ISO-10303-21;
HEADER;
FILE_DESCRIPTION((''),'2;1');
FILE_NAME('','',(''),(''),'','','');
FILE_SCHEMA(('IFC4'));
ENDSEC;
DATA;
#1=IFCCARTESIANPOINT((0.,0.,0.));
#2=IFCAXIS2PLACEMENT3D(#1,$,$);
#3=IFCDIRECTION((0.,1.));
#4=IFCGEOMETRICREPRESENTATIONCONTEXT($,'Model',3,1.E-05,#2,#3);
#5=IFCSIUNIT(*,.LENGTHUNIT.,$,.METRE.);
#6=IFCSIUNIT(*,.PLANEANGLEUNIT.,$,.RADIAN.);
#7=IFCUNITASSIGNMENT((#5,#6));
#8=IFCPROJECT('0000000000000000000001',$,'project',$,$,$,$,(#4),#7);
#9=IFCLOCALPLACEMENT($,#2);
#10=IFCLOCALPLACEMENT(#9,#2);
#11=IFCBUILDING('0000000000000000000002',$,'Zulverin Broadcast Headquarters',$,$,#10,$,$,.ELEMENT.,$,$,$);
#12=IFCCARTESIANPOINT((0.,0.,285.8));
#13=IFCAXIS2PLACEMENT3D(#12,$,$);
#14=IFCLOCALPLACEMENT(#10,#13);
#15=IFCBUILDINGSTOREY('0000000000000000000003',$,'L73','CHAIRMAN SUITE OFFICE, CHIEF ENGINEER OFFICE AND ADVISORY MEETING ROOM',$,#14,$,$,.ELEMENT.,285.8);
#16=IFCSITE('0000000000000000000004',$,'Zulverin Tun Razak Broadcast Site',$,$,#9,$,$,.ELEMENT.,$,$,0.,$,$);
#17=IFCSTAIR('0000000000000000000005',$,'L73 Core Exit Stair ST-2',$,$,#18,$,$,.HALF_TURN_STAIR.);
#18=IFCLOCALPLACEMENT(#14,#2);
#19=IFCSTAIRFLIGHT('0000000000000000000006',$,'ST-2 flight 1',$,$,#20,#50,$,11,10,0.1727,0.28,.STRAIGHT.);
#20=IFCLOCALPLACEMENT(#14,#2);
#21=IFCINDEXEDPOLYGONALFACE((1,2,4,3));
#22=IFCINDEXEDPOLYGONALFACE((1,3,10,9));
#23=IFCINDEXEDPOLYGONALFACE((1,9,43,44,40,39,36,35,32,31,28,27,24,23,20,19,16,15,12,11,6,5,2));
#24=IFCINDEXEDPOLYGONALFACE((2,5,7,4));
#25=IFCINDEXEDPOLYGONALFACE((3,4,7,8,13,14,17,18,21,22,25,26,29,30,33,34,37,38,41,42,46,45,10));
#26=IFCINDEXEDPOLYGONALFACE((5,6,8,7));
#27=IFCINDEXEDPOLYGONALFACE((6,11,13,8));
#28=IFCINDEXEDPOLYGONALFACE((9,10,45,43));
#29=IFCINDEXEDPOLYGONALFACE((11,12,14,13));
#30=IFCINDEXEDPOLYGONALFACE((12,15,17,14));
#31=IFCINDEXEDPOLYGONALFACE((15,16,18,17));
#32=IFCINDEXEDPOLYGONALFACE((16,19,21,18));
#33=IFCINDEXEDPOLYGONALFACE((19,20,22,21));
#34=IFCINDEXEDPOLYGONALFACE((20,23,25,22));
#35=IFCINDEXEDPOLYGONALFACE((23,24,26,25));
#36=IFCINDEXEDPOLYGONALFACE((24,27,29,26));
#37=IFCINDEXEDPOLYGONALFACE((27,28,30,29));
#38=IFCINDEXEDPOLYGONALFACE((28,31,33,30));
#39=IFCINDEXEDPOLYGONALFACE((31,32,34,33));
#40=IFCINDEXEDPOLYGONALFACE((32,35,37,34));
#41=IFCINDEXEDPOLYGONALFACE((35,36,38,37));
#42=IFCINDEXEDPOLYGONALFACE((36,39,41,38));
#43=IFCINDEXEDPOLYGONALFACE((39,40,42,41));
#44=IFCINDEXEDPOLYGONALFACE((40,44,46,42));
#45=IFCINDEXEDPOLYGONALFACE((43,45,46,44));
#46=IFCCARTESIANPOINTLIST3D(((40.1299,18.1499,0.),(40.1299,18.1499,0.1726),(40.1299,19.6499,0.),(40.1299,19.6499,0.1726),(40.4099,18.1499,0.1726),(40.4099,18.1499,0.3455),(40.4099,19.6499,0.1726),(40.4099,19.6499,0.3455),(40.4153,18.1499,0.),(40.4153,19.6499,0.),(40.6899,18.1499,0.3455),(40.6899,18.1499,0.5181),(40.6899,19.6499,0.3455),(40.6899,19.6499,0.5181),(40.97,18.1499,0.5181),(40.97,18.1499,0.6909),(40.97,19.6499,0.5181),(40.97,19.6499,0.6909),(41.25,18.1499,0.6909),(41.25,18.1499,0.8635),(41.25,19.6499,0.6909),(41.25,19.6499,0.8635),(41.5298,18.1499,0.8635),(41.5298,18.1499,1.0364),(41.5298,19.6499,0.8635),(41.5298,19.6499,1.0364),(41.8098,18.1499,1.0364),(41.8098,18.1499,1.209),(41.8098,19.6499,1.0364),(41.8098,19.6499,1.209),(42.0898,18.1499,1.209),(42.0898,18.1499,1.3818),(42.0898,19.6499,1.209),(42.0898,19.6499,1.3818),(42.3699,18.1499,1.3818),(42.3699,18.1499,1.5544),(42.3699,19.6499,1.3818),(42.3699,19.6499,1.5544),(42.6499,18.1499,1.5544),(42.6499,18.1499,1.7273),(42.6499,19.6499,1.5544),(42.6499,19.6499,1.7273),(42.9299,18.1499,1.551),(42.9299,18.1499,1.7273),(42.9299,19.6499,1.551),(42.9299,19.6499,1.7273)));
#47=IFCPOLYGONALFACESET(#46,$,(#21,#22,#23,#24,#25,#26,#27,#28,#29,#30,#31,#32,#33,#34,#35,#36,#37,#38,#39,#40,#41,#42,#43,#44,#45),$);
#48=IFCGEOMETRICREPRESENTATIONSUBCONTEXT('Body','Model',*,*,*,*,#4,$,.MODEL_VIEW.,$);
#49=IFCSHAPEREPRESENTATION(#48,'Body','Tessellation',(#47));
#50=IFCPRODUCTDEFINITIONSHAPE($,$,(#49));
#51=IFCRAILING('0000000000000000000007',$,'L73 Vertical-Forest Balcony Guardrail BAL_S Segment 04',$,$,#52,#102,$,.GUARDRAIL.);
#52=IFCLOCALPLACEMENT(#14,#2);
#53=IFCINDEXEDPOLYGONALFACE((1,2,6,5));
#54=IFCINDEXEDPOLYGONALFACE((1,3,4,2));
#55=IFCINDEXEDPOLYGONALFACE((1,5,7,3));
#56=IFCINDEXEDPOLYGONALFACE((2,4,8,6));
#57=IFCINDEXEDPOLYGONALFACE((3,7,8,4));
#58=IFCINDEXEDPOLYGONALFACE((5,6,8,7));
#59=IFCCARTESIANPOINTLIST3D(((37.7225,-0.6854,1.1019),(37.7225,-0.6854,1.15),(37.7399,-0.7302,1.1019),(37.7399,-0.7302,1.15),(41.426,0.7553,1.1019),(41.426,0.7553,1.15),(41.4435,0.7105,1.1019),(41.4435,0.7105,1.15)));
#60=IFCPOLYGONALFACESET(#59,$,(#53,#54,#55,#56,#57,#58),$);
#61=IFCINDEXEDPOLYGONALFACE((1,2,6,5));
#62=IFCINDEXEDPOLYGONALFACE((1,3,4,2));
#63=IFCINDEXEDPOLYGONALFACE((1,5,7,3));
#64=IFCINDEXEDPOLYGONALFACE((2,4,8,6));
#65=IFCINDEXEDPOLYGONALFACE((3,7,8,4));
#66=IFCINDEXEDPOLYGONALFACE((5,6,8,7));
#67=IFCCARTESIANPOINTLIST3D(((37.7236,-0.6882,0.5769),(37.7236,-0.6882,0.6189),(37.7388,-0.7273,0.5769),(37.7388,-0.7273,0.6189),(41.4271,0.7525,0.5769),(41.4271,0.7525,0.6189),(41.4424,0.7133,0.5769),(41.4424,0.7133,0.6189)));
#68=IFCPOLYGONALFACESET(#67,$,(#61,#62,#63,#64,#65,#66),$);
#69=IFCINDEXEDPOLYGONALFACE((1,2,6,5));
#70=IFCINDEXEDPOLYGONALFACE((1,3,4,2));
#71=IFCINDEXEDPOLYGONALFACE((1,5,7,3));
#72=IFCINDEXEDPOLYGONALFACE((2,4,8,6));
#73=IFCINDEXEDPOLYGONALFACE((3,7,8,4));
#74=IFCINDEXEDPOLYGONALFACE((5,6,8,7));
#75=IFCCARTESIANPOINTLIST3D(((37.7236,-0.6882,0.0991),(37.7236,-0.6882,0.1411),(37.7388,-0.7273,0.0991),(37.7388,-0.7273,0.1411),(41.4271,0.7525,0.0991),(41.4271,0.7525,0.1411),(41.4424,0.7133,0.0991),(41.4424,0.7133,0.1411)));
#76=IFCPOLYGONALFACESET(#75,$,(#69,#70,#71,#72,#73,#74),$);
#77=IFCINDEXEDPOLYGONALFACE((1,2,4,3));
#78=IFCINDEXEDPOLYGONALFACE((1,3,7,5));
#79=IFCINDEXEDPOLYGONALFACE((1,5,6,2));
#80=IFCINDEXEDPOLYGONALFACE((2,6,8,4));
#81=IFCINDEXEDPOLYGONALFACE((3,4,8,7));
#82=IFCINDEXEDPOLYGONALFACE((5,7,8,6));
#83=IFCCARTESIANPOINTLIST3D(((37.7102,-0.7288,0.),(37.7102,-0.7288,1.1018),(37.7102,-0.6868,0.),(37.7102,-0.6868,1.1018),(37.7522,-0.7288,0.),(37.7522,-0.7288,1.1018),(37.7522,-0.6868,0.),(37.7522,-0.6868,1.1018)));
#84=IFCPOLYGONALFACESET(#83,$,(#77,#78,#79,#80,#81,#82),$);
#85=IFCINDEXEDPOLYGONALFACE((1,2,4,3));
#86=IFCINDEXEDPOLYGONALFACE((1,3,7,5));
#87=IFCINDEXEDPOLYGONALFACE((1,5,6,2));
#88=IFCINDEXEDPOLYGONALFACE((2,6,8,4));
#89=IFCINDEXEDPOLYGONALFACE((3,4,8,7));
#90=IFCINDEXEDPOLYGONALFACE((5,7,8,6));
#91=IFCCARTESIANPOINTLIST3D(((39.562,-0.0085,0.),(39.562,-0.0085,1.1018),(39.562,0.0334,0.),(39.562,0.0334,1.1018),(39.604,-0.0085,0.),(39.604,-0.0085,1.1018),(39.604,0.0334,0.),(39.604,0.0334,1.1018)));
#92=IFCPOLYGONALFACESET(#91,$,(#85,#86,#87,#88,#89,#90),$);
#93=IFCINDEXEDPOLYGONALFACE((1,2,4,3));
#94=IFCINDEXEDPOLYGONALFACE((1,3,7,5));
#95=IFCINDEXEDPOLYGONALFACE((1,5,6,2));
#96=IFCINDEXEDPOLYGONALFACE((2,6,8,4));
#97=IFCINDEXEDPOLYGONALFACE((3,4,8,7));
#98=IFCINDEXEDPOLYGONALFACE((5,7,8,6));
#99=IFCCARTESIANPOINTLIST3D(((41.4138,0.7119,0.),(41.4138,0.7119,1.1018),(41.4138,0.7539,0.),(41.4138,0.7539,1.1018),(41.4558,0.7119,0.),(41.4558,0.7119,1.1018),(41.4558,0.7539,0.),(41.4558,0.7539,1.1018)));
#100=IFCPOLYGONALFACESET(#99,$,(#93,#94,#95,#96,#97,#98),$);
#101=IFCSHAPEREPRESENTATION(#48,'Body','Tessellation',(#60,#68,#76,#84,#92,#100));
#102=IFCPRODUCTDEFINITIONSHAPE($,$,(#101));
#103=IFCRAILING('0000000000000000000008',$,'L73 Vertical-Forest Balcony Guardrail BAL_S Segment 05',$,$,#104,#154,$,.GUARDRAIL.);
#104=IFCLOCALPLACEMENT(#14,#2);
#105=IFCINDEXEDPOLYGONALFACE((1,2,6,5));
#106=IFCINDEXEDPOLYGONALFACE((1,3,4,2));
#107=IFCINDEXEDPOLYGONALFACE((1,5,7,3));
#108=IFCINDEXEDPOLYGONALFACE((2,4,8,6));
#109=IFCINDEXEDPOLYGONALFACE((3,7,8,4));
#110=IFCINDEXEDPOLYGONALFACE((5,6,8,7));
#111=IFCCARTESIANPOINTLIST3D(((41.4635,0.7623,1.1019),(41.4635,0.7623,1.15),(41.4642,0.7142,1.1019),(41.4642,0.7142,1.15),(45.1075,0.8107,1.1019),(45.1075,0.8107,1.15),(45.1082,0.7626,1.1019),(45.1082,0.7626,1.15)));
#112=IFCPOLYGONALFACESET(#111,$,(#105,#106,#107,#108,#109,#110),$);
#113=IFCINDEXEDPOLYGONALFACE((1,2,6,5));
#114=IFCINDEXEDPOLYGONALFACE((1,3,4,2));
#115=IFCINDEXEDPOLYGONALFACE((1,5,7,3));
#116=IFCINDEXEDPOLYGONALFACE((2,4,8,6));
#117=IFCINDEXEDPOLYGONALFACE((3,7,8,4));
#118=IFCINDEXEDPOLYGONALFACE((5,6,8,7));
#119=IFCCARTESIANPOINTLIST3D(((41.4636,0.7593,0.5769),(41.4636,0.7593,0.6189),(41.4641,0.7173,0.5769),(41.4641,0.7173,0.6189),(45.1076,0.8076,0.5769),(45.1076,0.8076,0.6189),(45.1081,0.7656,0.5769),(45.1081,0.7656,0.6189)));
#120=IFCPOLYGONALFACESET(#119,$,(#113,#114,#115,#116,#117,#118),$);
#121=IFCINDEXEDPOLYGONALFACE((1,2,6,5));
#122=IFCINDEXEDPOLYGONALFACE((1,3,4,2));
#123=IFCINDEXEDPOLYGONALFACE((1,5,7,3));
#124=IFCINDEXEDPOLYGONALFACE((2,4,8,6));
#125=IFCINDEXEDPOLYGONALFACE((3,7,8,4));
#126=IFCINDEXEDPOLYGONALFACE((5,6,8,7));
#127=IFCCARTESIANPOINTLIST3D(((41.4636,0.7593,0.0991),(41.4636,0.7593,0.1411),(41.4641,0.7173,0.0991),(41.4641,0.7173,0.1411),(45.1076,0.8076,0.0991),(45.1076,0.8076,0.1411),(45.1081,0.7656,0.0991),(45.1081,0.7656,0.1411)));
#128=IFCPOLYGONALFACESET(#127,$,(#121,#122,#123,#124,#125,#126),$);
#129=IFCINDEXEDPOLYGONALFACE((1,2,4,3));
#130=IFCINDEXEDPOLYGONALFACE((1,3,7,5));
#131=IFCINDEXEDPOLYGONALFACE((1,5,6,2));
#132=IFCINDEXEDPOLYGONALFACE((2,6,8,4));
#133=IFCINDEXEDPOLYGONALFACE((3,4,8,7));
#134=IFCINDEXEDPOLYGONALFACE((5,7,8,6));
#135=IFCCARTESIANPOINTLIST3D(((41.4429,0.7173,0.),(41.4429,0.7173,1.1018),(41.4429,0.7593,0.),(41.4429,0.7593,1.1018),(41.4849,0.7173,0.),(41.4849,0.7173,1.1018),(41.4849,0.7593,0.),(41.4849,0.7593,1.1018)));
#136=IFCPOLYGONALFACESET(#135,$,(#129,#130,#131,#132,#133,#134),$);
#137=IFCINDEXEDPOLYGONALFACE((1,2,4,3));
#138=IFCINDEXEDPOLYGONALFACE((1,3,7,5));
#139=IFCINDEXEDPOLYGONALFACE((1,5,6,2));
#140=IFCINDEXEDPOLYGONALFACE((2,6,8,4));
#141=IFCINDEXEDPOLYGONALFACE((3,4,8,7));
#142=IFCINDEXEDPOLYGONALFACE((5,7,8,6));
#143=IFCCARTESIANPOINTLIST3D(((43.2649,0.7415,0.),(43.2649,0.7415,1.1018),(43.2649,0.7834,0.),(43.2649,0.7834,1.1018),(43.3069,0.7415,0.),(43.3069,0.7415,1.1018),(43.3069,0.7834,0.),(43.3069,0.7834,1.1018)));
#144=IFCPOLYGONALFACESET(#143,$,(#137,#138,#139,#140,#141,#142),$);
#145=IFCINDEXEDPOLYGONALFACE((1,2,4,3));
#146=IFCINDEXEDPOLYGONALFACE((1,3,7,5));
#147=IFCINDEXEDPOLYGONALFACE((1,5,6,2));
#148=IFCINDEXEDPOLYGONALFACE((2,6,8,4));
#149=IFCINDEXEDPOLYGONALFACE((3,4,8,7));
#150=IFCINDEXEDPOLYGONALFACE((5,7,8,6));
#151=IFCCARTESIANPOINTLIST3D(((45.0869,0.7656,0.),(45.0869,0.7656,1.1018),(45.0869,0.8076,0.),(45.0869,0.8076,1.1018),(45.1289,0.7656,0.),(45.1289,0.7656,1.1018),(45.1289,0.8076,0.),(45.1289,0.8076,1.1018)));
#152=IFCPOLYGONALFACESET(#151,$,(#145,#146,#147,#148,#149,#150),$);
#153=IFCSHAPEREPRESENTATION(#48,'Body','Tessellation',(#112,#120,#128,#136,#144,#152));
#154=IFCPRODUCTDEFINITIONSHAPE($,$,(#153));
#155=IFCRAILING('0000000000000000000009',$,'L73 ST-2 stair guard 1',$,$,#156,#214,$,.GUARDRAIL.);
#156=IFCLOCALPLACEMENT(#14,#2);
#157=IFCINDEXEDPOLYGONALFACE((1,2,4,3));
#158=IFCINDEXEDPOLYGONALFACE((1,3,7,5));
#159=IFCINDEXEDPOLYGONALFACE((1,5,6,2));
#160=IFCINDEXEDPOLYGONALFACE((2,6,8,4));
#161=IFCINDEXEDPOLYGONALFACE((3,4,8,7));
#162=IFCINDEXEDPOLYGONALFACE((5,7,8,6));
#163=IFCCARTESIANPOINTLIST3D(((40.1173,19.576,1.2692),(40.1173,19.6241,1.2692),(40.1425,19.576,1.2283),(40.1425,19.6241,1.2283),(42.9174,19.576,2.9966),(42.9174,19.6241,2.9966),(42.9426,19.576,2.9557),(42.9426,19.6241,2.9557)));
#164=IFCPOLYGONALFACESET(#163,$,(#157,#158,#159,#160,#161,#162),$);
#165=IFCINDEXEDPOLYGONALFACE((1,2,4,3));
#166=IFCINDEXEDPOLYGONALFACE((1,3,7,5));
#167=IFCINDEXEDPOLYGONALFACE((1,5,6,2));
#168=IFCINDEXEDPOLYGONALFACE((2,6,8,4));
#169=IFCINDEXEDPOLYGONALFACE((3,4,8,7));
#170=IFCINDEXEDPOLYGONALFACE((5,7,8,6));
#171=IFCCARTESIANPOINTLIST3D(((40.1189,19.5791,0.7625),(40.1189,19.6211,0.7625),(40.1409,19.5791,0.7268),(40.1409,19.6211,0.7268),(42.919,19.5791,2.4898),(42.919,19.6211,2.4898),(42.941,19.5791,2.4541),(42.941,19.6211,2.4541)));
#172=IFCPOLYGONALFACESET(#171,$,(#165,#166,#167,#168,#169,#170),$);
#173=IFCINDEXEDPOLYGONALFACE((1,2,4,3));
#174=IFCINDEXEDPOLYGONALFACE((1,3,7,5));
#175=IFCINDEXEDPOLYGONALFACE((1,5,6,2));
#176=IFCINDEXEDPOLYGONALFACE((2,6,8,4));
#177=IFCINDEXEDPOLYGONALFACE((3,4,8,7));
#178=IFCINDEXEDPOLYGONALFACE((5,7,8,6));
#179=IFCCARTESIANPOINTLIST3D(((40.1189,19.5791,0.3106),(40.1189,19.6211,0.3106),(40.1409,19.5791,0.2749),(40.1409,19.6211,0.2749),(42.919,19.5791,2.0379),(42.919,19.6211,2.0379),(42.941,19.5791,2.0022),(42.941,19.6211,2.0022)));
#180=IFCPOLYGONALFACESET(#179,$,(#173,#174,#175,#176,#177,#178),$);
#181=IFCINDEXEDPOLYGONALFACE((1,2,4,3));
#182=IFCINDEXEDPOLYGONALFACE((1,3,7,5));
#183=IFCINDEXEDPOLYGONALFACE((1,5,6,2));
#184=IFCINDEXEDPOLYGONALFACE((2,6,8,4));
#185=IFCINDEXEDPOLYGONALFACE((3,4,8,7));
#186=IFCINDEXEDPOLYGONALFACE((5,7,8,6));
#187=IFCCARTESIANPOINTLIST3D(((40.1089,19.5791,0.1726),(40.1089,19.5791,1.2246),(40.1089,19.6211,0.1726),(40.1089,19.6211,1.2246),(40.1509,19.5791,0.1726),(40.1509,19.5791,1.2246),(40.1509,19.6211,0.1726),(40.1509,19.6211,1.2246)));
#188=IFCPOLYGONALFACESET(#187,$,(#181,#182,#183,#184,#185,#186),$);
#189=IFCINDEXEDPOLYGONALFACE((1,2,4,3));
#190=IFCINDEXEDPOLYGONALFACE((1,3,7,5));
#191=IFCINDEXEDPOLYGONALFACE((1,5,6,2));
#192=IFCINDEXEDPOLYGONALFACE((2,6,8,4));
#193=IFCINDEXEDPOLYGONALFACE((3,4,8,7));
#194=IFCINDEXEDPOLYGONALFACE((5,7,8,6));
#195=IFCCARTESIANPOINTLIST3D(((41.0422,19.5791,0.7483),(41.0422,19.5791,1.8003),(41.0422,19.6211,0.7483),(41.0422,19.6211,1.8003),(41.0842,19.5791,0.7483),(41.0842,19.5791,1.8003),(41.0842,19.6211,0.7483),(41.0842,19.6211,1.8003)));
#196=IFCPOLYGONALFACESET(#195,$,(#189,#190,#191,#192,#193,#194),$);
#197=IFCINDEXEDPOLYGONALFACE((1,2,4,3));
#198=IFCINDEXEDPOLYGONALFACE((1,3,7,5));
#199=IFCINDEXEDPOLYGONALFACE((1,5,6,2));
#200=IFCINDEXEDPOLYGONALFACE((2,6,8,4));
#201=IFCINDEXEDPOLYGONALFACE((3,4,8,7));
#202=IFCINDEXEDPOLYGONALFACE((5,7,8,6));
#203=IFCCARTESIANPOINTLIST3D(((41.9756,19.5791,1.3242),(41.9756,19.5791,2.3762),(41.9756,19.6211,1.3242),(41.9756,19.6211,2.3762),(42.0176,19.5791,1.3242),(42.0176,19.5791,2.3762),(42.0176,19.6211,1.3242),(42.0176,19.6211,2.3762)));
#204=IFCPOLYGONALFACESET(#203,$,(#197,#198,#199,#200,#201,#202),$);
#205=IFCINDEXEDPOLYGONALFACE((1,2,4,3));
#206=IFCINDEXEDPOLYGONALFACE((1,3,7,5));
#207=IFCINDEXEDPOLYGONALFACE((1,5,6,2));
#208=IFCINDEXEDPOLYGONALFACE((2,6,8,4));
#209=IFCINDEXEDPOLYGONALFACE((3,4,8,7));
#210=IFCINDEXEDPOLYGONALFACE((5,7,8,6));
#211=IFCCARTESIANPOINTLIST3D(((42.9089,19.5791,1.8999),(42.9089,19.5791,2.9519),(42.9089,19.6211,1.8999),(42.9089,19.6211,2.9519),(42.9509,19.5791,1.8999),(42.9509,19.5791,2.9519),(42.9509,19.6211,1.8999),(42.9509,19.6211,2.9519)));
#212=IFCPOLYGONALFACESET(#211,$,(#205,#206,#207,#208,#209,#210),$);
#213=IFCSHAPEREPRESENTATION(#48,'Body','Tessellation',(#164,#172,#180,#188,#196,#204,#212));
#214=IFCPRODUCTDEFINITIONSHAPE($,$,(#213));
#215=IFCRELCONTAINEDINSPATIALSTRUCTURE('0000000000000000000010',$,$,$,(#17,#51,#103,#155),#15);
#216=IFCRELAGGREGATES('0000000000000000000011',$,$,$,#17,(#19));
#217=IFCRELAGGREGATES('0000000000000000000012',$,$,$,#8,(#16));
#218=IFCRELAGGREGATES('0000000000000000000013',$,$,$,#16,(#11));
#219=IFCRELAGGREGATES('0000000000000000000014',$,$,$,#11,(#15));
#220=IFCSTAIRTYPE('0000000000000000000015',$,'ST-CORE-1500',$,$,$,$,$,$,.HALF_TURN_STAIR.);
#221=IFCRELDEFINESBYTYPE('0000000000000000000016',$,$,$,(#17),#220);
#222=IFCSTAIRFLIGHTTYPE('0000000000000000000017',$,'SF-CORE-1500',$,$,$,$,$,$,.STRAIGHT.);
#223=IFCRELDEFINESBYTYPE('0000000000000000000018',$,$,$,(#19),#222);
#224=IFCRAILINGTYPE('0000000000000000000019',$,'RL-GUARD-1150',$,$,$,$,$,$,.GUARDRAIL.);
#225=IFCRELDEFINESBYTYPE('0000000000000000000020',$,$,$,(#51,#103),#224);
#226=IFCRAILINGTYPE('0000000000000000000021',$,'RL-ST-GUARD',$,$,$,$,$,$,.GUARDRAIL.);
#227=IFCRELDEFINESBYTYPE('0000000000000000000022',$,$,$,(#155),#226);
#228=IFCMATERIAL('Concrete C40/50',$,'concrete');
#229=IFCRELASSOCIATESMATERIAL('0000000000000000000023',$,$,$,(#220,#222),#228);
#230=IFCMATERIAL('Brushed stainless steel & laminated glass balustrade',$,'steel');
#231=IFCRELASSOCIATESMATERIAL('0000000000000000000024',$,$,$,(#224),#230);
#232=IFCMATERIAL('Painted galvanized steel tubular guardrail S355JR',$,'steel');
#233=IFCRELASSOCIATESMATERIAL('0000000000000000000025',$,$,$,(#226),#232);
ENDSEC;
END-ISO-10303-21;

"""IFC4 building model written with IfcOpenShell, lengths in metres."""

from ifc_helpers import new_model, si_unit, direction, frame, origin, origin_2d, place, context, subcontext, project, spatial, polyline, rectangle, outline, extrude, material, type_object, element, aggregate, save


model = new_model("IFC4")

# Units and contexts
model_context = context("Model", 3, precision=1e-05, world=origin(), true_north=direction((0.0, 1.0)))
body_context = subcontext(model_context, "Body", "Model", "MODEL_VIEW")
ifc_project = project(units=[si_unit("LENGTHUNIT", "METRE"), si_unit("PLANEANGLEUNIT", "RADIAN")], contexts=[model_context])

# Site, building, storey
site_placement = place(None, origin())
site = spatial("IfcSite", under=ifc_project, at=site_placement, Name="Zulverin Tun Razak Broadcast Site", CompositionType="ELEMENT", RefElevation=0.0)
building_placement = place(site_placement, origin())
building = spatial("IfcBuilding", under=site, at=building_placement, Name="Zulverin Broadcast Headquarters", CompositionType="ELEMENT")
storey_placement = place(building_placement, frame((0.0, 0.0, 285.8)))
storey = spatial("IfcBuildingStorey", under=building, at=storey_placement, Name="L73", Description="CHAIRMAN SUITE OFFICE, CHIEF ENGINEER OFFICE AND ADVISORY MEETING ROOM", CompositionType="ELEMENT", Elevation=285.8)

# Shared definitions
ifc_material_1 = material(Name="Concrete C40/50", Category="concrete")

# Stair, stair flight
stair_type = type_object("IfcStairType", Name="ST-CORE-1500", PredefinedType="HALF_TURN_STAIR", material=ifc_material_1)
stair_placement = place(storey_placement, origin())
stair = element("IfcStair", 1, at=stair_placement, inside=storey, type_object=stair_type, Name="L73 Core Exit Stair ST-2", PredefinedType="HALF_TURN_STAIR")
stair_flight_type = type_object("IfcStairFlightType", Name="SF-CORE-1500", PredefinedType="STRAIGHT", material=ifc_material_1)
stair_flight_placement = place(storey_placement, frame((40.1299, 18.8999, 0.0), z_axis=(0.0, 0.0, 1.0), x_axis=(1.0, 0.0, 0.0)))
stair_flight = element("IfcStairFlight", 2, at=stair_flight_placement, type_object=stair_flight_type, Name="ST-2 flight 1", NumberOfRisers=11, NumberOfTreads=10, PredefinedType="STRAIGHT", RiserHeight=0.1727, TreadLength=0.28, context=body_context, shape_type="SweptSolid", body=[
    extrude(outline(polyline([(0.0, 0.0), (0.0, 0.1726), (0.28, 0.1726), (0.28, 0.3455), (0.5601, 0.3455), (0.5601, 0.5181), (0.8401, 0.5181), (0.8401, 0.6909), (1.1201, 0.6909), (1.1201, 0.8635), (1.3999, 0.8635), (1.3999, 1.0364), (1.6799, 1.0364), (1.6799, 1.209), (1.96, 1.209), (1.96, 1.3818), (2.24, 1.3818), (2.24, 1.5544), (2.52, 1.5544), (2.52, 1.7273), (2.8, 1.7273), (2.8, 1.8999), (2.8, 1.551), (0.2854, 0.0), (0.0, 0.0)])), frame((0.0, 0.75, 0.0), z_axis=(0.0, -1.0, 0.0), x_axis=(1.0, 0.0, 0.0)), (0.0, 0.0, 1.0), 1.5),
])
aggregate(stair, [stair_flight])

# Railings
ifc_material_2 = material(Name="Brushed stainless steel & laminated glass balustrade", Category="steel")
railing_type_1 = type_object("IfcRailingType", Name="RL-GUARD-1150", PredefinedType="GUARDRAIL", material=ifc_material_2)
railing_1_placement = place(storey_placement, frame((37.7312, -0.7078, 0.0)))
element("IfcRailing", 3, at=railing_1_placement, inside=storey, type_object=railing_type_1, Name="L73 Vertical-Forest Balcony Guardrail BAL_S Segment 04", PredefinedType="GUARDRAIL", context=body_context, shape_type="SweptSolid", body=[
    extrude(rectangle(XDim=0.0481, YDim=0.0481, at=origin_2d()), frame((0.0, 0.0, 1.126), z_axis=(0.931972, 0.362529, 0.0), x_axis=(-0.362529, 0.931972, 0.0)), (0.0, 0.0, 1.0), 3.9739),
    extrude(rectangle(XDim=0.042, YDim=0.042, at=origin_2d()), frame((0.0, 0.0, 0.5979), z_axis=(0.931972, 0.362529, 0.0), x_axis=(-0.362529, 0.931972, 0.0)), (0.0, 0.0, 1.0), 3.9739),
    extrude(rectangle(XDim=0.042, YDim=0.042, at=origin_2d()), frame((0.0, 0.0, 0.1201), z_axis=(0.931972, 0.362529, 0.0), x_axis=(-0.362529, 0.931972, 0.0)), (0.0, 0.0, 1.0), 3.9739),
    extrude(rectangle(XDim=0.042, YDim=0.042, at=origin_2d()), origin(), (0.0, 0.0, 1.0), 1.1018),
    extrude(rectangle(XDim=0.042, YDim=0.042, at=origin_2d()), frame((1.8518, 0.7202, 0.0)), (0.0, 0.0, 1.0), 1.1018),
    extrude(rectangle(XDim=0.042, YDim=0.042, at=origin_2d()), frame((3.7036, 1.4407, 0.0)), (0.0, 0.0, 1.0), 1.1018),
])
railing_2_placement = place(storey_placement, frame((41.4639, 0.7383, 0.0)))
element("IfcRailing", 4, at=railing_2_placement, inside=storey, type_object=railing_type_1, Name="L73 Vertical-Forest Balcony Guardrail BAL_S Segment 05", PredefinedType="GUARDRAIL", context=body_context, shape_type="SweptSolid", body=[
    extrude(rectangle(XDim=0.0481, YDim=0.0481, at=origin_2d()), frame((0.0, 0.0, 1.126), z_axis=(0.999912, 0.013264, 0.0), x_axis=(-0.013264, 0.999912, 0.0)), (0.0, 0.0, 1.0), 3.6443),
    extrude(rectangle(XDim=0.042, YDim=0.042, at=origin_2d()), frame((0.0, 0.0, 0.5979), z_axis=(0.999912, 0.013264, 0.0), x_axis=(-0.013264, 0.999912, 0.0)), (0.0, 0.0, 1.0), 3.6443),
    extrude(rectangle(XDim=0.042, YDim=0.042, at=origin_2d()), frame((0.0, 0.0, 0.1201), z_axis=(0.999912, 0.013264, 0.0), x_axis=(-0.013264, 0.999912, 0.0)), (0.0, 0.0, 1.0), 3.6443),
    extrude(rectangle(XDim=0.042, YDim=0.042, at=origin_2d()), origin(), (0.0, 0.0, 1.0), 1.1018),
    extrude(rectangle(XDim=0.042, YDim=0.042, at=origin_2d()), frame((1.822, 0.0242, 0.0)), (0.0, 0.0, 1.0), 1.1018),
    extrude(rectangle(XDim=0.042, YDim=0.042, at=origin_2d()), frame((3.644, 0.0483, 0.0)), (0.0, 0.0, 1.0), 1.1018),
])
ifc_material_3 = material(Name="Painted galvanized steel tubular guardrail S355JR", Category="steel")
railing_type_2 = type_object("IfcRailingType", Name="RL-ST-GUARD", PredefinedType="GUARDRAIL", material=ifc_material_3)
railing_3_placement = place(storey_placement, frame((40.1299, 19.6001, 0.1726)))
element("IfcRailing", 5, at=railing_3_placement, inside=storey, type_object=railing_type_2, Name="L73 ST-2 stair guard 1", PredefinedType="GUARDRAIL", context=body_context, shape_type="SweptSolid", body=[
    extrude(rectangle(XDim=0.0481, YDim=0.0481, at=origin_2d()), frame((0.0, 0.0, 1.0762), z_axis=(0.85109, 0.0, 0.52502), x_axis=(0.0, 1.0, 0.0)), (0.0, 0.0, 1.0), 3.29),
    extrude(rectangle(XDim=0.042, YDim=0.042, at=origin_2d()), frame((0.0, 0.0, 0.572), z_axis=(0.85109, 0.0, 0.52502), x_axis=(0.0, 1.0, 0.0)), (0.0, 0.0, 1.0), 3.29),
    extrude(rectangle(XDim=0.042, YDim=0.042, at=origin_2d()), frame((0.0, 0.0, 0.1201), z_axis=(0.85109, 0.0, 0.52502), x_axis=(0.0, 1.0, 0.0)), (0.0, 0.0, 1.0), 3.29),
    extrude(rectangle(XDim=0.042, YDim=0.042, at=origin_2d()), origin(), (0.0, 0.0, 1.0), 1.052),
    extrude(rectangle(XDim=0.042, YDim=0.042, at=origin_2d()), frame((0.9333, 0.0, 0.5757)), (0.0, 0.0, 1.0), 1.052),
    extrude(rectangle(XDim=0.042, YDim=0.042, at=origin_2d()), frame((1.8667, 0.0, 1.1516)), (0.0, 0.0, 1.0), 1.052),
    extrude(rectangle(XDim=0.042, YDim=0.042, at=origin_2d()), frame((2.8, 0.0, 1.7273)), (0.0, 0.0, 1.0), 1.052),
])

save(model, "model.ifc")
